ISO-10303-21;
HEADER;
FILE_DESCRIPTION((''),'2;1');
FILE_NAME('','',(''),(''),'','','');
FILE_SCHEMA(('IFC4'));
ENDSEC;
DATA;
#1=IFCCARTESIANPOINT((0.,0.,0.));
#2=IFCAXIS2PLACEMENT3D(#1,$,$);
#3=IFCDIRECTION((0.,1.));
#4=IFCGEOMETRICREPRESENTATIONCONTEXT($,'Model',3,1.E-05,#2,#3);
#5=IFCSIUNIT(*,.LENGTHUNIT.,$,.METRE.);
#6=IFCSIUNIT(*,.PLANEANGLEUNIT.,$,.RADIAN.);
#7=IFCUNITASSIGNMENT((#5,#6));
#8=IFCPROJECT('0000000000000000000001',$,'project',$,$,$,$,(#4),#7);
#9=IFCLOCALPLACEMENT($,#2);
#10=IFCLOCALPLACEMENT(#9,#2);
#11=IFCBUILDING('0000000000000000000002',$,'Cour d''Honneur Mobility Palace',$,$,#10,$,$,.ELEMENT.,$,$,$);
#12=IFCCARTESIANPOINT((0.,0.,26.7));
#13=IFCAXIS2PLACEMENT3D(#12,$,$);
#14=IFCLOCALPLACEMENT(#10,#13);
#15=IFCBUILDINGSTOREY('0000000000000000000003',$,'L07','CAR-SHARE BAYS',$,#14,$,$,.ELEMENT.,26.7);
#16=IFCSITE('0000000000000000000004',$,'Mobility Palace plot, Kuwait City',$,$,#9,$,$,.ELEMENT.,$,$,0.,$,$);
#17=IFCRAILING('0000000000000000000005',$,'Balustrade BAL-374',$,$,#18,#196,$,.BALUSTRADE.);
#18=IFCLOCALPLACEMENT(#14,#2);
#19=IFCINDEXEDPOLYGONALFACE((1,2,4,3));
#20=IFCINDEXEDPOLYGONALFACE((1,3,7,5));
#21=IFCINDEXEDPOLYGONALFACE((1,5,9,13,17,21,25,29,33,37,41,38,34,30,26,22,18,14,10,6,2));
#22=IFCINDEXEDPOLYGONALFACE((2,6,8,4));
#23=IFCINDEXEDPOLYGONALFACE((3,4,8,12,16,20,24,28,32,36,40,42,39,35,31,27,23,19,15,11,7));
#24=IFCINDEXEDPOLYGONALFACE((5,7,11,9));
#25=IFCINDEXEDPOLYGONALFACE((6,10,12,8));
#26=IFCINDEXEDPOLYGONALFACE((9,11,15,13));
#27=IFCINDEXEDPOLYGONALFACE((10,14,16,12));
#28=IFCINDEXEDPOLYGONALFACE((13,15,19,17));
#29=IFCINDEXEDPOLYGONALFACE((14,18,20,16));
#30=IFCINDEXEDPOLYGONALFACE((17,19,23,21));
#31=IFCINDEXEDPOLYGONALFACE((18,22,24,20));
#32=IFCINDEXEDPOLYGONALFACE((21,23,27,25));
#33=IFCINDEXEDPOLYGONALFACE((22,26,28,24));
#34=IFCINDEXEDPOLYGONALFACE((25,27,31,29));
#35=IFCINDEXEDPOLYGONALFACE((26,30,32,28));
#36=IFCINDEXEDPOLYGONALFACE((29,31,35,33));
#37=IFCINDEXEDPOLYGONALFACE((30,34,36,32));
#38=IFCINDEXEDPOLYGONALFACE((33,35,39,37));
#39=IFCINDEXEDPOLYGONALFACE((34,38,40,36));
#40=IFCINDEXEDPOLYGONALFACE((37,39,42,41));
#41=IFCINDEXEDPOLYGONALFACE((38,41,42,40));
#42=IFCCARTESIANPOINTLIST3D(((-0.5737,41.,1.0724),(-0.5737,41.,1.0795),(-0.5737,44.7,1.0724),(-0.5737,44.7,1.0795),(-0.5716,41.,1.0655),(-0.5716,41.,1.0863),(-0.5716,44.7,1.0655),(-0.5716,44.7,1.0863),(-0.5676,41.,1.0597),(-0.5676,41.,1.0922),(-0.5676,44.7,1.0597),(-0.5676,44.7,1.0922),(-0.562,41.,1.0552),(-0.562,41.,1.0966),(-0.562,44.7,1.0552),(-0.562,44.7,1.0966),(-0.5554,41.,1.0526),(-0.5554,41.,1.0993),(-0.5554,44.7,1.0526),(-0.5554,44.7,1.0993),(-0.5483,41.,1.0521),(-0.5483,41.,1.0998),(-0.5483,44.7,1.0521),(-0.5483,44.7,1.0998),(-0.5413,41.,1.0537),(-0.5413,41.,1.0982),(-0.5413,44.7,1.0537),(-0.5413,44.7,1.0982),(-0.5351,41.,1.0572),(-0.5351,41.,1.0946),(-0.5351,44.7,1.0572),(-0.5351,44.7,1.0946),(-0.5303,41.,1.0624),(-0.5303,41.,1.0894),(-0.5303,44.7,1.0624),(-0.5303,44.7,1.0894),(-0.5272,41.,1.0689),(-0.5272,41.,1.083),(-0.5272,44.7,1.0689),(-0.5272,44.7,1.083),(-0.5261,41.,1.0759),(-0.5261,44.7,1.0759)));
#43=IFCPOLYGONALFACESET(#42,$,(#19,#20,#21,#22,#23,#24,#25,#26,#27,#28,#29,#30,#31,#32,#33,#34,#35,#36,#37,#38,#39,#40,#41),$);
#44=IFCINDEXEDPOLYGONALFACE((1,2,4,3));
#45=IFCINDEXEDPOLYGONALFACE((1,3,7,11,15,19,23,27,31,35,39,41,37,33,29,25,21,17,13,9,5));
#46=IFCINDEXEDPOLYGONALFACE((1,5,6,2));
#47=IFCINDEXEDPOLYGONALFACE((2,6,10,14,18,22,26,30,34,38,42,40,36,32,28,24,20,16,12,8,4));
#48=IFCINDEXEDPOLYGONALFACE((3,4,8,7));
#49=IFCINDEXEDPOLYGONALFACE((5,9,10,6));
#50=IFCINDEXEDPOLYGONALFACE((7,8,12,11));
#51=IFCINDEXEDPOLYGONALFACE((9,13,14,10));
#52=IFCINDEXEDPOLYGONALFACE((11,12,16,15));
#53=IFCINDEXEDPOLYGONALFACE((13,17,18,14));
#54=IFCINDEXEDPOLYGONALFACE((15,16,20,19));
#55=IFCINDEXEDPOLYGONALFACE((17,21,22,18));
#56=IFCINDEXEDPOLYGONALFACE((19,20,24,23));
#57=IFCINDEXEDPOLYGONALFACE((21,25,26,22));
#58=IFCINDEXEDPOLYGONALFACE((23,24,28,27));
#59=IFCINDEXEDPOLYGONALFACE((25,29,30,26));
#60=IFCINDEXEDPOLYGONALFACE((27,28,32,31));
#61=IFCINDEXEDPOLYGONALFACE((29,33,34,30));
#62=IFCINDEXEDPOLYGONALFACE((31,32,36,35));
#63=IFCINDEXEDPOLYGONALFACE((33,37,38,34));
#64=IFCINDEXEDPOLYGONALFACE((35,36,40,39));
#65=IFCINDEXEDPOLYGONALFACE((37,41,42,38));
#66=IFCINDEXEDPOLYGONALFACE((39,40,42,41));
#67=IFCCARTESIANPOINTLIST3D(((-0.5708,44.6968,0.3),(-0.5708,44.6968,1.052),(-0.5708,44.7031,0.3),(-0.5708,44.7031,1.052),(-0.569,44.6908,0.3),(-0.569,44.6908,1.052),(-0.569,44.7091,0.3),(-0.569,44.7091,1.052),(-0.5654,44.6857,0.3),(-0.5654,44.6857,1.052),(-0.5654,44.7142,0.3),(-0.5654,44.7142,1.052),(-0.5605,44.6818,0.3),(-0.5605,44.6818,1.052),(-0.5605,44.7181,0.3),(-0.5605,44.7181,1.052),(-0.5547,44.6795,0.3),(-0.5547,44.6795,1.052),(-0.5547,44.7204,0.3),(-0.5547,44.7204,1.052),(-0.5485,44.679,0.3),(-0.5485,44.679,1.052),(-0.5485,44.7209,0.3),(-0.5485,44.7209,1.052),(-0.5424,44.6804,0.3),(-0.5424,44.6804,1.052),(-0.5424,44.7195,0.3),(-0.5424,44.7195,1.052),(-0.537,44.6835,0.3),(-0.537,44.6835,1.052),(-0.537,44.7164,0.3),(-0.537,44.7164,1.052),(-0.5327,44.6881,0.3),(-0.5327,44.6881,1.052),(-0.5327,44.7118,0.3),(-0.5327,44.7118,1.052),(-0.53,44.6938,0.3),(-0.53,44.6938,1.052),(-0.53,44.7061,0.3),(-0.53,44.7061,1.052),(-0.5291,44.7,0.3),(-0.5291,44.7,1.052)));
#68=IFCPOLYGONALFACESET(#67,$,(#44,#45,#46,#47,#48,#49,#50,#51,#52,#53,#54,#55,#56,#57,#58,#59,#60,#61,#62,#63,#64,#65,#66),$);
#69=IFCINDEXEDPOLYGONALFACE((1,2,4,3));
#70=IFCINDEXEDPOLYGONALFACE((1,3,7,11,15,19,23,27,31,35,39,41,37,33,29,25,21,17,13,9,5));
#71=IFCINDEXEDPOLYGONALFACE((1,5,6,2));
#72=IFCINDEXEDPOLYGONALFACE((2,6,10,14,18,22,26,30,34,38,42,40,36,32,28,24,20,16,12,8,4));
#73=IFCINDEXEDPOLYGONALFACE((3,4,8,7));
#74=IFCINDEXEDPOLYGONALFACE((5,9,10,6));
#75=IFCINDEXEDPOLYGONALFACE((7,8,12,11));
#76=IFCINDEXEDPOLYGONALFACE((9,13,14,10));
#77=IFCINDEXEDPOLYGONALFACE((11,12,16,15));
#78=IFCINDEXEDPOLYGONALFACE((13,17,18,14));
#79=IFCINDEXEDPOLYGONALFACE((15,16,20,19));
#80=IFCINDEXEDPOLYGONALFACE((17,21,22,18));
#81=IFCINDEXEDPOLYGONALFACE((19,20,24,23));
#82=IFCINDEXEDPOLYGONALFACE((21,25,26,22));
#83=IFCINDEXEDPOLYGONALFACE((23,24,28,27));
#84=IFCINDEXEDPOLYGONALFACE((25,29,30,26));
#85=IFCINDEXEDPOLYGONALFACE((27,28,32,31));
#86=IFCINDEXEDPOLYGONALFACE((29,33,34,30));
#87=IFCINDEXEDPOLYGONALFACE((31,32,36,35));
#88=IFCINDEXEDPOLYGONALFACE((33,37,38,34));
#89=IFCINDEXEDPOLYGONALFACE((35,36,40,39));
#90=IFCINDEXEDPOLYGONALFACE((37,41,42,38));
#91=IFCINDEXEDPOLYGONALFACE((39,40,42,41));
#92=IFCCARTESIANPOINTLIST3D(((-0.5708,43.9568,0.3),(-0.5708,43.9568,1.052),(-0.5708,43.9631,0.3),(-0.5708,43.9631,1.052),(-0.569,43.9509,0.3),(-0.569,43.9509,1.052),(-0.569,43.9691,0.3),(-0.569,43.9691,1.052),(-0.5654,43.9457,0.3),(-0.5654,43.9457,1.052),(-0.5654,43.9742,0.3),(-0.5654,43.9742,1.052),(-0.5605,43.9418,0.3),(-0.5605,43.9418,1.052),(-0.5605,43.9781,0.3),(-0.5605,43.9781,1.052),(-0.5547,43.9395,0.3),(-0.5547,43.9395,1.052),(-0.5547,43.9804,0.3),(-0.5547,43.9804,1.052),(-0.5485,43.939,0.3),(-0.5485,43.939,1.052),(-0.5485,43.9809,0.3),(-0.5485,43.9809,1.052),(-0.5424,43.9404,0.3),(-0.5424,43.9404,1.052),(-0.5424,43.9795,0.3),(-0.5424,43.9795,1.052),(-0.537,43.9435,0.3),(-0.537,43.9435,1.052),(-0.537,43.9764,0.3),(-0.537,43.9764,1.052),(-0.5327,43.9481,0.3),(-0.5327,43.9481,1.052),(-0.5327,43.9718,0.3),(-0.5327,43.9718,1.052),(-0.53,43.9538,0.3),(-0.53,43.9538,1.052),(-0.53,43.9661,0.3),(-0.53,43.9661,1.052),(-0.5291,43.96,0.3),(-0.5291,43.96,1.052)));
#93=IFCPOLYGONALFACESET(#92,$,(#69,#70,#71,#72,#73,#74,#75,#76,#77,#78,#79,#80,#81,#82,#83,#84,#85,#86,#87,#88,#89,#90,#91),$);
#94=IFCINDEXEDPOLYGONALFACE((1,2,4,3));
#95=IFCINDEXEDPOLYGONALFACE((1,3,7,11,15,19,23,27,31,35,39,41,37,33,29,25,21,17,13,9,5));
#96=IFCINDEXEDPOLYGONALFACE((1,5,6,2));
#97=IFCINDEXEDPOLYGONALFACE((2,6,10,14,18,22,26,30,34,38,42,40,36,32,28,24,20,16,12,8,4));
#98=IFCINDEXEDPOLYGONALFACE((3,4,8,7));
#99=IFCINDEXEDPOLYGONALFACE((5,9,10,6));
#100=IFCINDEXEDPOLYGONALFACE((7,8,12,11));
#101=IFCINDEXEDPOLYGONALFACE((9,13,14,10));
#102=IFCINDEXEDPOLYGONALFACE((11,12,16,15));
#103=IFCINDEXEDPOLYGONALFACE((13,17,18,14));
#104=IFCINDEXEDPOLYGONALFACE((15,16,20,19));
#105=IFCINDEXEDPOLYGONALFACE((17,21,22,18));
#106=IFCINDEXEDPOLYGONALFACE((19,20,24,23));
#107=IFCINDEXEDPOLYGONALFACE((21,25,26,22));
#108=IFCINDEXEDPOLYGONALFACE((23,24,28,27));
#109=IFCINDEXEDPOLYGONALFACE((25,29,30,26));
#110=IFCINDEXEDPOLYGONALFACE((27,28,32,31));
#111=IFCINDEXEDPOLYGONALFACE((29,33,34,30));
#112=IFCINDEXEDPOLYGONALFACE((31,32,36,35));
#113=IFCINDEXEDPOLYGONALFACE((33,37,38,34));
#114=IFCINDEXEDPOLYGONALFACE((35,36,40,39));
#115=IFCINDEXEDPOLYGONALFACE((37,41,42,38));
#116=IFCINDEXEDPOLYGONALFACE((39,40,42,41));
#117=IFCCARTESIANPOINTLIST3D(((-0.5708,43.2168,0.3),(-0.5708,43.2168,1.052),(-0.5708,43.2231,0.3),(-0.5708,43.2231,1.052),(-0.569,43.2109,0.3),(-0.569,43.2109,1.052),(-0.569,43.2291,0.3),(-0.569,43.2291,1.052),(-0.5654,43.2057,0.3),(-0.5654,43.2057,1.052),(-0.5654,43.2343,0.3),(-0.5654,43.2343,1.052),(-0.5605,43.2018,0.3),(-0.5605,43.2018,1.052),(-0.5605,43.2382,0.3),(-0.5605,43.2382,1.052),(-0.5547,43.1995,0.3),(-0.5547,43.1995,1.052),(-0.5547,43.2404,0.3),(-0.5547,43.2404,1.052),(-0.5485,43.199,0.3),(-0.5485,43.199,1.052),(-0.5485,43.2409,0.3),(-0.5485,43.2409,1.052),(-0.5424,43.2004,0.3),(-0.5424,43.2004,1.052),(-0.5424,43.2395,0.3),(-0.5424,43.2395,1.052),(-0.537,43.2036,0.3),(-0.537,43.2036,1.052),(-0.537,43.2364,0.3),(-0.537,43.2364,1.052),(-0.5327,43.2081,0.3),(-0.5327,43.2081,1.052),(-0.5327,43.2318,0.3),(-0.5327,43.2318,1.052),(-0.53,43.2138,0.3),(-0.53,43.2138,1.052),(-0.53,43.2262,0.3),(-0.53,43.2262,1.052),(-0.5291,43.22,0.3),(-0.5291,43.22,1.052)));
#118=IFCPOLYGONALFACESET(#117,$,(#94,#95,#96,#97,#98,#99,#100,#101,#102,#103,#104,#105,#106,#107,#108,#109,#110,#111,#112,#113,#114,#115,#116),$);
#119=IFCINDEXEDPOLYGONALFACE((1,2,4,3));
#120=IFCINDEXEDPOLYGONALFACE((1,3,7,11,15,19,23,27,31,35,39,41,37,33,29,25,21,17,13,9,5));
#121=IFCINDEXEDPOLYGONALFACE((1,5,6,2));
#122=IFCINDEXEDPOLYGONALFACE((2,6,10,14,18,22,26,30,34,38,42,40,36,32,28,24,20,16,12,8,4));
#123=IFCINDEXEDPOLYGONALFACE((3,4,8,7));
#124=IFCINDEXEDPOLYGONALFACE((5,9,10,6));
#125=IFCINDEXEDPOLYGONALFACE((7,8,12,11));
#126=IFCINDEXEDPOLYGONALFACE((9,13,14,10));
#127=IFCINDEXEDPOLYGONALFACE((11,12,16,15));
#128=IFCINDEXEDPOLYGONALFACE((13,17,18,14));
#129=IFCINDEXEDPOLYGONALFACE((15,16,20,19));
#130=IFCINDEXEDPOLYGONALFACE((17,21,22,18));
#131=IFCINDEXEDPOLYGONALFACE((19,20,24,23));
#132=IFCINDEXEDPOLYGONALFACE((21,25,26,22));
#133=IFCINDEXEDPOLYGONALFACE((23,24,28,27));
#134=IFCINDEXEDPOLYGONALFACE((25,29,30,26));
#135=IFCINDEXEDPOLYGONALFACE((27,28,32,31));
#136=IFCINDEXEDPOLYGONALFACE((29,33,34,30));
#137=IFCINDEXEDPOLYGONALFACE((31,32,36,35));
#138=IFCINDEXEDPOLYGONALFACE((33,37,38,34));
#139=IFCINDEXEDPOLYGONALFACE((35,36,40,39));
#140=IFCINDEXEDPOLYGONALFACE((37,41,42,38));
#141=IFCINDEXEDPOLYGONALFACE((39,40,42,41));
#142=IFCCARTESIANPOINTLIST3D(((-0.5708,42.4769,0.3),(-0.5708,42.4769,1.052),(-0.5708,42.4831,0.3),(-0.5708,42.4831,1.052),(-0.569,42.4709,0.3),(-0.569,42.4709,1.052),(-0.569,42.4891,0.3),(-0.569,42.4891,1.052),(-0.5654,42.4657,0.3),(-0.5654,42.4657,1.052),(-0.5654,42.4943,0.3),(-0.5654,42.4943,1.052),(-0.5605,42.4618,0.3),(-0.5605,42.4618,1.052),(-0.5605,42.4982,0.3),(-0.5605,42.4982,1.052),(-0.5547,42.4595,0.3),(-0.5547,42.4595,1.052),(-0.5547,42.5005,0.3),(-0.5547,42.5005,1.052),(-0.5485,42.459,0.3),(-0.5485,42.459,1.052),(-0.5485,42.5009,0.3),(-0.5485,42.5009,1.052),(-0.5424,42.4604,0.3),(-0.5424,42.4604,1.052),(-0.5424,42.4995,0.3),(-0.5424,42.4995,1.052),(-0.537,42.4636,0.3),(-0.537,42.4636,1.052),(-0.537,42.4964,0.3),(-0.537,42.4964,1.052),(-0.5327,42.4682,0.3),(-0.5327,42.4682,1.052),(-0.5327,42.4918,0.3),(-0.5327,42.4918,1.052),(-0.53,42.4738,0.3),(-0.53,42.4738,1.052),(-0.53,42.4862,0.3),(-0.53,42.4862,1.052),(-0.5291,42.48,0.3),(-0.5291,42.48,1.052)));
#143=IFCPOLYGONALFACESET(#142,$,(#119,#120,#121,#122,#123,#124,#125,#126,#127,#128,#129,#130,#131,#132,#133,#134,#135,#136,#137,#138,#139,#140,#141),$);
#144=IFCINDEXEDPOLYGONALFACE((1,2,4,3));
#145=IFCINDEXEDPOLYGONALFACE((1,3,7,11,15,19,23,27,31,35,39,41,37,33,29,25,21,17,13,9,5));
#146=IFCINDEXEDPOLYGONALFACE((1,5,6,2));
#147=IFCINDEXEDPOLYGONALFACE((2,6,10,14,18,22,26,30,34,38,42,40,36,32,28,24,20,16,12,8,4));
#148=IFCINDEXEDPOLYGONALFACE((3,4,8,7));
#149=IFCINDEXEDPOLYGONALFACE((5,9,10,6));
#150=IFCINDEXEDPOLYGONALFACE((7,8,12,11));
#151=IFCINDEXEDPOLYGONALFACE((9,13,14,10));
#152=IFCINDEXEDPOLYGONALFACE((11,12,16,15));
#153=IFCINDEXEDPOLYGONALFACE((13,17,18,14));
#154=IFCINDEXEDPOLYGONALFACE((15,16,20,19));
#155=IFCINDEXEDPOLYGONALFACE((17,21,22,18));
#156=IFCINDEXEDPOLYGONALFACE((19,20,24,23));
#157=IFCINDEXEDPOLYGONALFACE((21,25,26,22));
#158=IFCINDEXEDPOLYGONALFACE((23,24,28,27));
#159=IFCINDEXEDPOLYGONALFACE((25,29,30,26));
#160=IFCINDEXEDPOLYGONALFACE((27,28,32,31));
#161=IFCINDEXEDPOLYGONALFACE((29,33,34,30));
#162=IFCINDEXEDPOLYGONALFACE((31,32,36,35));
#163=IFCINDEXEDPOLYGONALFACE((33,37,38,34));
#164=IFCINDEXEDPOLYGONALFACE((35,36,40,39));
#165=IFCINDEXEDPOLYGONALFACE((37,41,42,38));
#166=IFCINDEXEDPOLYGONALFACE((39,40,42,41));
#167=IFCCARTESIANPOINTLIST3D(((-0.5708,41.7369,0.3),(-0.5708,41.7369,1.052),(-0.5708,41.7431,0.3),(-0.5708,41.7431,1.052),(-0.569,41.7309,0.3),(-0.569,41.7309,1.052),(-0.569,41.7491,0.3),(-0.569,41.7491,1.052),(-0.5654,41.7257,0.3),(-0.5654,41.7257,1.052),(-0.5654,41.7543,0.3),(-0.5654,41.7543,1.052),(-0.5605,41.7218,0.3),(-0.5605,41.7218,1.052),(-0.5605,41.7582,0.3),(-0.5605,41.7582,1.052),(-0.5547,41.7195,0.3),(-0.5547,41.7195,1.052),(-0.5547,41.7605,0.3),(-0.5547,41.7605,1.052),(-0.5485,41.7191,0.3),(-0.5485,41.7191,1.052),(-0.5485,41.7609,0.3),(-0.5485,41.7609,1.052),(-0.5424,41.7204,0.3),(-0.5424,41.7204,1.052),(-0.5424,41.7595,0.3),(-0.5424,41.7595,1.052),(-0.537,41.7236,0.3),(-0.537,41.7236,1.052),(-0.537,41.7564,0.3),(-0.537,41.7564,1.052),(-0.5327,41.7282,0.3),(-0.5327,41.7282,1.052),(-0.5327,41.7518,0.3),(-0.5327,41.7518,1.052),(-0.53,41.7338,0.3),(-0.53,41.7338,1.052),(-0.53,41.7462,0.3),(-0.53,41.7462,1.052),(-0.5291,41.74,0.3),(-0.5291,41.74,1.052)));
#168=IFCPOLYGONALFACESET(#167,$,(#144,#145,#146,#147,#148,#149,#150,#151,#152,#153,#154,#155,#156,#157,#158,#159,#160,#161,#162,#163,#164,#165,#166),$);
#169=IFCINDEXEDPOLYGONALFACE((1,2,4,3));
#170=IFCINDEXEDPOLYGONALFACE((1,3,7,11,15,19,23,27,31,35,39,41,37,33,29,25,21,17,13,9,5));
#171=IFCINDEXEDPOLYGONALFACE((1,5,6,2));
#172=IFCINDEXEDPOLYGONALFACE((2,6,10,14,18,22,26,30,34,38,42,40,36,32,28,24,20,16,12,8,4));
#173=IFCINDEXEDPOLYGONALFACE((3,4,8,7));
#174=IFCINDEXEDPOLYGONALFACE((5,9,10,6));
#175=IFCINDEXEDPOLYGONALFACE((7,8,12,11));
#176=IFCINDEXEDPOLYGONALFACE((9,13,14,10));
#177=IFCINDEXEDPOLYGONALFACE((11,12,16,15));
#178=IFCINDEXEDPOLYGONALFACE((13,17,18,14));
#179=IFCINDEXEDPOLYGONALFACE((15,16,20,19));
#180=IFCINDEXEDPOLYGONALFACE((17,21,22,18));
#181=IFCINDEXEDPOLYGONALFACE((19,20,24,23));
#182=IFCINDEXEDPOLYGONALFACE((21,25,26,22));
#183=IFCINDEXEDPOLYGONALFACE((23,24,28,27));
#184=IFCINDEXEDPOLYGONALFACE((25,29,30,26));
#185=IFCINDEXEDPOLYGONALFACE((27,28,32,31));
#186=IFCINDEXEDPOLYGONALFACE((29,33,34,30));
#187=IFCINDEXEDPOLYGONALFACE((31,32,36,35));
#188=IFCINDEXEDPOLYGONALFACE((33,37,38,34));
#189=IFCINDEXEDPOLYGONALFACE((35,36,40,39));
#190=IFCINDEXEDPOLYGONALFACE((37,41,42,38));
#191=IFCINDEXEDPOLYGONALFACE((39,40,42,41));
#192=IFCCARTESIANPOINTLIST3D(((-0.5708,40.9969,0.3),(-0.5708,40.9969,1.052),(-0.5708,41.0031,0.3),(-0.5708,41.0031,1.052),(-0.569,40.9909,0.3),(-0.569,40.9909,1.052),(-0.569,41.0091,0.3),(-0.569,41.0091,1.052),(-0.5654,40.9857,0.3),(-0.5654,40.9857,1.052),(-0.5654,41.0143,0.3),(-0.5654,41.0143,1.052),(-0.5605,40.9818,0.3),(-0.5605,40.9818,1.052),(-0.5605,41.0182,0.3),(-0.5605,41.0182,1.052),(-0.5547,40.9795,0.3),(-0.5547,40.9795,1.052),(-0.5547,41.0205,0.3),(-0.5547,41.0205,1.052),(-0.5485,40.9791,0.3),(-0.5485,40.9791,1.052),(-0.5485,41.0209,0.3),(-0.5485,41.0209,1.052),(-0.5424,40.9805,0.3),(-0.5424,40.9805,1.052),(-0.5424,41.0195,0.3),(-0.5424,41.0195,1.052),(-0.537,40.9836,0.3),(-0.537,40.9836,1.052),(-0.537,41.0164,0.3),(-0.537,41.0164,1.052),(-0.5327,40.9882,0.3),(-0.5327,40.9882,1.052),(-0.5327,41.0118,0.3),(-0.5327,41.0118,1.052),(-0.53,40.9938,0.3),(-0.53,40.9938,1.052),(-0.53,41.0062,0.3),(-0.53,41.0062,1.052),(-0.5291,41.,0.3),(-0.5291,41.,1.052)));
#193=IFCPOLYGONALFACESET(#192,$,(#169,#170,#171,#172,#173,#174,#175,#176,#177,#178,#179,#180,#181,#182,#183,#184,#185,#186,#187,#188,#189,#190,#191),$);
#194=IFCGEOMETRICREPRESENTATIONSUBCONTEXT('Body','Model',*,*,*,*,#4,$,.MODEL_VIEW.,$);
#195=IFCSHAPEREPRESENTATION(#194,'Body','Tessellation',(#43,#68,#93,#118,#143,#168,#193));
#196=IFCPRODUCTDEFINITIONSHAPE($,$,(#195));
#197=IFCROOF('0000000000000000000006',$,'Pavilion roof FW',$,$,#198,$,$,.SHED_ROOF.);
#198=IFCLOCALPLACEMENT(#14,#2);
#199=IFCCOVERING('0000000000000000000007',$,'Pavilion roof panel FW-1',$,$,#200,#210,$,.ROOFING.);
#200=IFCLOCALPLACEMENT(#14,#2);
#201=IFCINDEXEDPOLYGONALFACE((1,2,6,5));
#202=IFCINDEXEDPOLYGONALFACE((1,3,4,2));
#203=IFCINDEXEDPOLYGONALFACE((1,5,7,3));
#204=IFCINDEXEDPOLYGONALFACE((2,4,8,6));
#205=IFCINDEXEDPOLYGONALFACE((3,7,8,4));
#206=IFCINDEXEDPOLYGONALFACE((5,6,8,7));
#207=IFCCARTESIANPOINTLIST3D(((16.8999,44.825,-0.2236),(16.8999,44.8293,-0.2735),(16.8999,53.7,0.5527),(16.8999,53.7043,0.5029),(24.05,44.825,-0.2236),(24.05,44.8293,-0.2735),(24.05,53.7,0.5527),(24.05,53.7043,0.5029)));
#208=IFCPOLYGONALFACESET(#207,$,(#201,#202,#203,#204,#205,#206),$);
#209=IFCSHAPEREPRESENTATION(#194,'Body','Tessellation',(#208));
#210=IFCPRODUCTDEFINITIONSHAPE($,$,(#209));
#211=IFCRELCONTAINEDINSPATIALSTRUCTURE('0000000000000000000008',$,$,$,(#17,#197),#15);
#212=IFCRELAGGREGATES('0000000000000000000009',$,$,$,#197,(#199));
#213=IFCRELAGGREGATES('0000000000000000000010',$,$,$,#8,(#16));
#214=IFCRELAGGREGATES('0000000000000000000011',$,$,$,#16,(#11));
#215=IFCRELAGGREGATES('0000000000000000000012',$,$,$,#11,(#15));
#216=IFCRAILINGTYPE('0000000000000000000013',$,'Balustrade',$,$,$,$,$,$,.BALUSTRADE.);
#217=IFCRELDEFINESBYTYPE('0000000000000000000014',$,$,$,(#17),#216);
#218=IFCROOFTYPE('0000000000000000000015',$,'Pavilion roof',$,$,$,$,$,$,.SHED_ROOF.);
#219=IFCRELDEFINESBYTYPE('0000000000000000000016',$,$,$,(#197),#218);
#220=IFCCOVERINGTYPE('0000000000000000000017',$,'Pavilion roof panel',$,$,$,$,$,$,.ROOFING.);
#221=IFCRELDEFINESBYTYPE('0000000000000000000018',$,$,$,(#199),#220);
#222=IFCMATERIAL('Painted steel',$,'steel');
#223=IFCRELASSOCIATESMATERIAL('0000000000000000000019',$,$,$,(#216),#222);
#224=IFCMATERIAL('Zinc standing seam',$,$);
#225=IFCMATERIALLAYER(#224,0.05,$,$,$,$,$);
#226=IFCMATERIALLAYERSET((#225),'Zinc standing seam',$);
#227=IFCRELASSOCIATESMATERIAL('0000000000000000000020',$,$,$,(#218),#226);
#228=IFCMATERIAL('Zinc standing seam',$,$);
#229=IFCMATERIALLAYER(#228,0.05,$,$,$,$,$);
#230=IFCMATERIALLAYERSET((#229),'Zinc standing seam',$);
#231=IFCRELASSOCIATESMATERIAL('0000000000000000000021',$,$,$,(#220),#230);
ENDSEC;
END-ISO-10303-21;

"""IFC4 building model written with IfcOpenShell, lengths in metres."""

from ifc_helpers import new_model, si_unit, direction, frame, origin, origin_2d, place, context, subcontext, project, spatial, polyline, circle, outline, extrude, material, layer, layer_set, type_object, element, aggregate, save


model = new_model("IFC4")

# Units and contexts
model_context = context("Model", 3, precision=1e-05, world=origin(), true_north=direction((0.0, 1.0)))
body_context = subcontext(model_context, "Body", "Model", "MODEL_VIEW")
ifc_project = project(units=[si_unit("LENGTHUNIT", "METRE"), si_unit("PLANEANGLEUNIT", "RADIAN")], contexts=[model_context])

# Site, building, storey
site_placement = place(None, origin())
site = spatial("IfcSite", under=ifc_project, at=site_placement, Name="Mobility Palace plot, Kuwait City", CompositionType="ELEMENT", RefElevation=0.0)
building_placement = place(site_placement, origin())
building = spatial("IfcBuilding", under=site, at=building_placement, Name="Cour d'Honneur Mobility Palace", CompositionType="ELEMENT")
storey_placement = place(building_placement, frame((0.0, 0.0, 26.7)))
storey = spatial("IfcBuildingStorey", under=building, at=storey_placement, Name="L07", Description="CAR-SHARE BAYS", CompositionType="ELEMENT", Elevation=26.7)

# Railing
ifc_material_1 = material(Name="Painted steel", Category="steel")
railing_type = type_object("IfcRailingType", Name="Balustrade", PredefinedType="BALUSTRADE", material=ifc_material_1)
railing_placement = place(storey_placement, frame((-0.55, 44.7, 0.3)))
element("IfcRailing", 1, at=railing_placement, inside=storey, type_object=railing_type, Name="Balustrade BAL-374", PredefinedType="BALUSTRADE", context=body_context, shape_type="SweptSolid", body=[
    extrude(circle(Radius=0.0239, at=origin_2d()), frame((0.0, 0.0, 0.7759), z_axis=(0.0, -1.0, 0.0), x_axis=(1.0, 0.0, 0.0)), (0.0, 0.0, 1.0), 3.7),
    extrude(circle(Radius=0.021, at=origin_2d()), origin(), (0.0, 0.0, 1.0), 0.752),
    extrude(circle(Radius=0.021, at=origin_2d()), frame((0.0, -0.74, 0.0)), (0.0, 0.0, 1.0), 0.752),
    extrude(circle(Radius=0.021, at=origin_2d()), frame((0.0, -1.48, 0.0)), (0.0, 0.0, 1.0), 0.752),
    extrude(circle(Radius=0.021, at=origin_2d()), frame((0.0, -2.22, 0.0)), (0.0, 0.0, 1.0), 0.752),
    extrude(circle(Radius=0.021, at=origin_2d()), frame((0.0, -2.96, 0.0)), (0.0, 0.0, 1.0), 0.752),
    extrude(circle(Radius=0.021, at=origin_2d()), frame((0.0, -3.7, 0.0)), (0.0, 0.0, 1.0), 0.752),
])

# Roof, covering
ifc_material_2 = material(Name="Zinc standing seam")
ifc_layer_1 = layer(ifc_material_2, 0.05)
ifc_layer_set_1 = layer_set([ifc_layer_1], Name="Zinc standing seam")
roof_type = type_object("IfcRoofType", Name="Pavilion roof", PredefinedType="SHED_ROOF", material=ifc_layer_set_1)
roof_placement = place(storey_placement, origin())
roof = element("IfcRoof", 2, at=roof_placement, inside=storey, type_object=roof_type, Name="Pavilion roof FW", PredefinedType="SHED_ROOF")
ifc_material_3 = material(Name="Zinc standing seam")
ifc_layer_2 = layer(ifc_material_3, 0.05)
ifc_layer_set_2 = layer_set([ifc_layer_2], Name="Zinc standing seam")
covering_type = type_object("IfcCoveringType", Name="Pavilion roof panel", PredefinedType="ROOFING", material=ifc_layer_set_2)
covering_placement = place(storey_placement, frame((16.8999, 44.825, -0.2236), z_axis=(0.0, -0.087145, 0.996196), x_axis=(1.0, 0.0, 0.0)))
covering = element("IfcCovering", 3, at=covering_placement, type_object=covering_type, Name="Pavilion roof panel FW-1", PredefinedType="ROOFING", context=body_context, shape_type="SweptSolid", body=[
    extrude(outline(polyline([(0.0, 0.0), (7.1501, 0.0), (7.1501, 8.9089), (0.0, 8.9089), (0.0, 0.0)])), origin(), (0.0, 0.0, -1.0), 0.05),
])
aggregate(roof, [covering])

save(model, "model.ifc")
